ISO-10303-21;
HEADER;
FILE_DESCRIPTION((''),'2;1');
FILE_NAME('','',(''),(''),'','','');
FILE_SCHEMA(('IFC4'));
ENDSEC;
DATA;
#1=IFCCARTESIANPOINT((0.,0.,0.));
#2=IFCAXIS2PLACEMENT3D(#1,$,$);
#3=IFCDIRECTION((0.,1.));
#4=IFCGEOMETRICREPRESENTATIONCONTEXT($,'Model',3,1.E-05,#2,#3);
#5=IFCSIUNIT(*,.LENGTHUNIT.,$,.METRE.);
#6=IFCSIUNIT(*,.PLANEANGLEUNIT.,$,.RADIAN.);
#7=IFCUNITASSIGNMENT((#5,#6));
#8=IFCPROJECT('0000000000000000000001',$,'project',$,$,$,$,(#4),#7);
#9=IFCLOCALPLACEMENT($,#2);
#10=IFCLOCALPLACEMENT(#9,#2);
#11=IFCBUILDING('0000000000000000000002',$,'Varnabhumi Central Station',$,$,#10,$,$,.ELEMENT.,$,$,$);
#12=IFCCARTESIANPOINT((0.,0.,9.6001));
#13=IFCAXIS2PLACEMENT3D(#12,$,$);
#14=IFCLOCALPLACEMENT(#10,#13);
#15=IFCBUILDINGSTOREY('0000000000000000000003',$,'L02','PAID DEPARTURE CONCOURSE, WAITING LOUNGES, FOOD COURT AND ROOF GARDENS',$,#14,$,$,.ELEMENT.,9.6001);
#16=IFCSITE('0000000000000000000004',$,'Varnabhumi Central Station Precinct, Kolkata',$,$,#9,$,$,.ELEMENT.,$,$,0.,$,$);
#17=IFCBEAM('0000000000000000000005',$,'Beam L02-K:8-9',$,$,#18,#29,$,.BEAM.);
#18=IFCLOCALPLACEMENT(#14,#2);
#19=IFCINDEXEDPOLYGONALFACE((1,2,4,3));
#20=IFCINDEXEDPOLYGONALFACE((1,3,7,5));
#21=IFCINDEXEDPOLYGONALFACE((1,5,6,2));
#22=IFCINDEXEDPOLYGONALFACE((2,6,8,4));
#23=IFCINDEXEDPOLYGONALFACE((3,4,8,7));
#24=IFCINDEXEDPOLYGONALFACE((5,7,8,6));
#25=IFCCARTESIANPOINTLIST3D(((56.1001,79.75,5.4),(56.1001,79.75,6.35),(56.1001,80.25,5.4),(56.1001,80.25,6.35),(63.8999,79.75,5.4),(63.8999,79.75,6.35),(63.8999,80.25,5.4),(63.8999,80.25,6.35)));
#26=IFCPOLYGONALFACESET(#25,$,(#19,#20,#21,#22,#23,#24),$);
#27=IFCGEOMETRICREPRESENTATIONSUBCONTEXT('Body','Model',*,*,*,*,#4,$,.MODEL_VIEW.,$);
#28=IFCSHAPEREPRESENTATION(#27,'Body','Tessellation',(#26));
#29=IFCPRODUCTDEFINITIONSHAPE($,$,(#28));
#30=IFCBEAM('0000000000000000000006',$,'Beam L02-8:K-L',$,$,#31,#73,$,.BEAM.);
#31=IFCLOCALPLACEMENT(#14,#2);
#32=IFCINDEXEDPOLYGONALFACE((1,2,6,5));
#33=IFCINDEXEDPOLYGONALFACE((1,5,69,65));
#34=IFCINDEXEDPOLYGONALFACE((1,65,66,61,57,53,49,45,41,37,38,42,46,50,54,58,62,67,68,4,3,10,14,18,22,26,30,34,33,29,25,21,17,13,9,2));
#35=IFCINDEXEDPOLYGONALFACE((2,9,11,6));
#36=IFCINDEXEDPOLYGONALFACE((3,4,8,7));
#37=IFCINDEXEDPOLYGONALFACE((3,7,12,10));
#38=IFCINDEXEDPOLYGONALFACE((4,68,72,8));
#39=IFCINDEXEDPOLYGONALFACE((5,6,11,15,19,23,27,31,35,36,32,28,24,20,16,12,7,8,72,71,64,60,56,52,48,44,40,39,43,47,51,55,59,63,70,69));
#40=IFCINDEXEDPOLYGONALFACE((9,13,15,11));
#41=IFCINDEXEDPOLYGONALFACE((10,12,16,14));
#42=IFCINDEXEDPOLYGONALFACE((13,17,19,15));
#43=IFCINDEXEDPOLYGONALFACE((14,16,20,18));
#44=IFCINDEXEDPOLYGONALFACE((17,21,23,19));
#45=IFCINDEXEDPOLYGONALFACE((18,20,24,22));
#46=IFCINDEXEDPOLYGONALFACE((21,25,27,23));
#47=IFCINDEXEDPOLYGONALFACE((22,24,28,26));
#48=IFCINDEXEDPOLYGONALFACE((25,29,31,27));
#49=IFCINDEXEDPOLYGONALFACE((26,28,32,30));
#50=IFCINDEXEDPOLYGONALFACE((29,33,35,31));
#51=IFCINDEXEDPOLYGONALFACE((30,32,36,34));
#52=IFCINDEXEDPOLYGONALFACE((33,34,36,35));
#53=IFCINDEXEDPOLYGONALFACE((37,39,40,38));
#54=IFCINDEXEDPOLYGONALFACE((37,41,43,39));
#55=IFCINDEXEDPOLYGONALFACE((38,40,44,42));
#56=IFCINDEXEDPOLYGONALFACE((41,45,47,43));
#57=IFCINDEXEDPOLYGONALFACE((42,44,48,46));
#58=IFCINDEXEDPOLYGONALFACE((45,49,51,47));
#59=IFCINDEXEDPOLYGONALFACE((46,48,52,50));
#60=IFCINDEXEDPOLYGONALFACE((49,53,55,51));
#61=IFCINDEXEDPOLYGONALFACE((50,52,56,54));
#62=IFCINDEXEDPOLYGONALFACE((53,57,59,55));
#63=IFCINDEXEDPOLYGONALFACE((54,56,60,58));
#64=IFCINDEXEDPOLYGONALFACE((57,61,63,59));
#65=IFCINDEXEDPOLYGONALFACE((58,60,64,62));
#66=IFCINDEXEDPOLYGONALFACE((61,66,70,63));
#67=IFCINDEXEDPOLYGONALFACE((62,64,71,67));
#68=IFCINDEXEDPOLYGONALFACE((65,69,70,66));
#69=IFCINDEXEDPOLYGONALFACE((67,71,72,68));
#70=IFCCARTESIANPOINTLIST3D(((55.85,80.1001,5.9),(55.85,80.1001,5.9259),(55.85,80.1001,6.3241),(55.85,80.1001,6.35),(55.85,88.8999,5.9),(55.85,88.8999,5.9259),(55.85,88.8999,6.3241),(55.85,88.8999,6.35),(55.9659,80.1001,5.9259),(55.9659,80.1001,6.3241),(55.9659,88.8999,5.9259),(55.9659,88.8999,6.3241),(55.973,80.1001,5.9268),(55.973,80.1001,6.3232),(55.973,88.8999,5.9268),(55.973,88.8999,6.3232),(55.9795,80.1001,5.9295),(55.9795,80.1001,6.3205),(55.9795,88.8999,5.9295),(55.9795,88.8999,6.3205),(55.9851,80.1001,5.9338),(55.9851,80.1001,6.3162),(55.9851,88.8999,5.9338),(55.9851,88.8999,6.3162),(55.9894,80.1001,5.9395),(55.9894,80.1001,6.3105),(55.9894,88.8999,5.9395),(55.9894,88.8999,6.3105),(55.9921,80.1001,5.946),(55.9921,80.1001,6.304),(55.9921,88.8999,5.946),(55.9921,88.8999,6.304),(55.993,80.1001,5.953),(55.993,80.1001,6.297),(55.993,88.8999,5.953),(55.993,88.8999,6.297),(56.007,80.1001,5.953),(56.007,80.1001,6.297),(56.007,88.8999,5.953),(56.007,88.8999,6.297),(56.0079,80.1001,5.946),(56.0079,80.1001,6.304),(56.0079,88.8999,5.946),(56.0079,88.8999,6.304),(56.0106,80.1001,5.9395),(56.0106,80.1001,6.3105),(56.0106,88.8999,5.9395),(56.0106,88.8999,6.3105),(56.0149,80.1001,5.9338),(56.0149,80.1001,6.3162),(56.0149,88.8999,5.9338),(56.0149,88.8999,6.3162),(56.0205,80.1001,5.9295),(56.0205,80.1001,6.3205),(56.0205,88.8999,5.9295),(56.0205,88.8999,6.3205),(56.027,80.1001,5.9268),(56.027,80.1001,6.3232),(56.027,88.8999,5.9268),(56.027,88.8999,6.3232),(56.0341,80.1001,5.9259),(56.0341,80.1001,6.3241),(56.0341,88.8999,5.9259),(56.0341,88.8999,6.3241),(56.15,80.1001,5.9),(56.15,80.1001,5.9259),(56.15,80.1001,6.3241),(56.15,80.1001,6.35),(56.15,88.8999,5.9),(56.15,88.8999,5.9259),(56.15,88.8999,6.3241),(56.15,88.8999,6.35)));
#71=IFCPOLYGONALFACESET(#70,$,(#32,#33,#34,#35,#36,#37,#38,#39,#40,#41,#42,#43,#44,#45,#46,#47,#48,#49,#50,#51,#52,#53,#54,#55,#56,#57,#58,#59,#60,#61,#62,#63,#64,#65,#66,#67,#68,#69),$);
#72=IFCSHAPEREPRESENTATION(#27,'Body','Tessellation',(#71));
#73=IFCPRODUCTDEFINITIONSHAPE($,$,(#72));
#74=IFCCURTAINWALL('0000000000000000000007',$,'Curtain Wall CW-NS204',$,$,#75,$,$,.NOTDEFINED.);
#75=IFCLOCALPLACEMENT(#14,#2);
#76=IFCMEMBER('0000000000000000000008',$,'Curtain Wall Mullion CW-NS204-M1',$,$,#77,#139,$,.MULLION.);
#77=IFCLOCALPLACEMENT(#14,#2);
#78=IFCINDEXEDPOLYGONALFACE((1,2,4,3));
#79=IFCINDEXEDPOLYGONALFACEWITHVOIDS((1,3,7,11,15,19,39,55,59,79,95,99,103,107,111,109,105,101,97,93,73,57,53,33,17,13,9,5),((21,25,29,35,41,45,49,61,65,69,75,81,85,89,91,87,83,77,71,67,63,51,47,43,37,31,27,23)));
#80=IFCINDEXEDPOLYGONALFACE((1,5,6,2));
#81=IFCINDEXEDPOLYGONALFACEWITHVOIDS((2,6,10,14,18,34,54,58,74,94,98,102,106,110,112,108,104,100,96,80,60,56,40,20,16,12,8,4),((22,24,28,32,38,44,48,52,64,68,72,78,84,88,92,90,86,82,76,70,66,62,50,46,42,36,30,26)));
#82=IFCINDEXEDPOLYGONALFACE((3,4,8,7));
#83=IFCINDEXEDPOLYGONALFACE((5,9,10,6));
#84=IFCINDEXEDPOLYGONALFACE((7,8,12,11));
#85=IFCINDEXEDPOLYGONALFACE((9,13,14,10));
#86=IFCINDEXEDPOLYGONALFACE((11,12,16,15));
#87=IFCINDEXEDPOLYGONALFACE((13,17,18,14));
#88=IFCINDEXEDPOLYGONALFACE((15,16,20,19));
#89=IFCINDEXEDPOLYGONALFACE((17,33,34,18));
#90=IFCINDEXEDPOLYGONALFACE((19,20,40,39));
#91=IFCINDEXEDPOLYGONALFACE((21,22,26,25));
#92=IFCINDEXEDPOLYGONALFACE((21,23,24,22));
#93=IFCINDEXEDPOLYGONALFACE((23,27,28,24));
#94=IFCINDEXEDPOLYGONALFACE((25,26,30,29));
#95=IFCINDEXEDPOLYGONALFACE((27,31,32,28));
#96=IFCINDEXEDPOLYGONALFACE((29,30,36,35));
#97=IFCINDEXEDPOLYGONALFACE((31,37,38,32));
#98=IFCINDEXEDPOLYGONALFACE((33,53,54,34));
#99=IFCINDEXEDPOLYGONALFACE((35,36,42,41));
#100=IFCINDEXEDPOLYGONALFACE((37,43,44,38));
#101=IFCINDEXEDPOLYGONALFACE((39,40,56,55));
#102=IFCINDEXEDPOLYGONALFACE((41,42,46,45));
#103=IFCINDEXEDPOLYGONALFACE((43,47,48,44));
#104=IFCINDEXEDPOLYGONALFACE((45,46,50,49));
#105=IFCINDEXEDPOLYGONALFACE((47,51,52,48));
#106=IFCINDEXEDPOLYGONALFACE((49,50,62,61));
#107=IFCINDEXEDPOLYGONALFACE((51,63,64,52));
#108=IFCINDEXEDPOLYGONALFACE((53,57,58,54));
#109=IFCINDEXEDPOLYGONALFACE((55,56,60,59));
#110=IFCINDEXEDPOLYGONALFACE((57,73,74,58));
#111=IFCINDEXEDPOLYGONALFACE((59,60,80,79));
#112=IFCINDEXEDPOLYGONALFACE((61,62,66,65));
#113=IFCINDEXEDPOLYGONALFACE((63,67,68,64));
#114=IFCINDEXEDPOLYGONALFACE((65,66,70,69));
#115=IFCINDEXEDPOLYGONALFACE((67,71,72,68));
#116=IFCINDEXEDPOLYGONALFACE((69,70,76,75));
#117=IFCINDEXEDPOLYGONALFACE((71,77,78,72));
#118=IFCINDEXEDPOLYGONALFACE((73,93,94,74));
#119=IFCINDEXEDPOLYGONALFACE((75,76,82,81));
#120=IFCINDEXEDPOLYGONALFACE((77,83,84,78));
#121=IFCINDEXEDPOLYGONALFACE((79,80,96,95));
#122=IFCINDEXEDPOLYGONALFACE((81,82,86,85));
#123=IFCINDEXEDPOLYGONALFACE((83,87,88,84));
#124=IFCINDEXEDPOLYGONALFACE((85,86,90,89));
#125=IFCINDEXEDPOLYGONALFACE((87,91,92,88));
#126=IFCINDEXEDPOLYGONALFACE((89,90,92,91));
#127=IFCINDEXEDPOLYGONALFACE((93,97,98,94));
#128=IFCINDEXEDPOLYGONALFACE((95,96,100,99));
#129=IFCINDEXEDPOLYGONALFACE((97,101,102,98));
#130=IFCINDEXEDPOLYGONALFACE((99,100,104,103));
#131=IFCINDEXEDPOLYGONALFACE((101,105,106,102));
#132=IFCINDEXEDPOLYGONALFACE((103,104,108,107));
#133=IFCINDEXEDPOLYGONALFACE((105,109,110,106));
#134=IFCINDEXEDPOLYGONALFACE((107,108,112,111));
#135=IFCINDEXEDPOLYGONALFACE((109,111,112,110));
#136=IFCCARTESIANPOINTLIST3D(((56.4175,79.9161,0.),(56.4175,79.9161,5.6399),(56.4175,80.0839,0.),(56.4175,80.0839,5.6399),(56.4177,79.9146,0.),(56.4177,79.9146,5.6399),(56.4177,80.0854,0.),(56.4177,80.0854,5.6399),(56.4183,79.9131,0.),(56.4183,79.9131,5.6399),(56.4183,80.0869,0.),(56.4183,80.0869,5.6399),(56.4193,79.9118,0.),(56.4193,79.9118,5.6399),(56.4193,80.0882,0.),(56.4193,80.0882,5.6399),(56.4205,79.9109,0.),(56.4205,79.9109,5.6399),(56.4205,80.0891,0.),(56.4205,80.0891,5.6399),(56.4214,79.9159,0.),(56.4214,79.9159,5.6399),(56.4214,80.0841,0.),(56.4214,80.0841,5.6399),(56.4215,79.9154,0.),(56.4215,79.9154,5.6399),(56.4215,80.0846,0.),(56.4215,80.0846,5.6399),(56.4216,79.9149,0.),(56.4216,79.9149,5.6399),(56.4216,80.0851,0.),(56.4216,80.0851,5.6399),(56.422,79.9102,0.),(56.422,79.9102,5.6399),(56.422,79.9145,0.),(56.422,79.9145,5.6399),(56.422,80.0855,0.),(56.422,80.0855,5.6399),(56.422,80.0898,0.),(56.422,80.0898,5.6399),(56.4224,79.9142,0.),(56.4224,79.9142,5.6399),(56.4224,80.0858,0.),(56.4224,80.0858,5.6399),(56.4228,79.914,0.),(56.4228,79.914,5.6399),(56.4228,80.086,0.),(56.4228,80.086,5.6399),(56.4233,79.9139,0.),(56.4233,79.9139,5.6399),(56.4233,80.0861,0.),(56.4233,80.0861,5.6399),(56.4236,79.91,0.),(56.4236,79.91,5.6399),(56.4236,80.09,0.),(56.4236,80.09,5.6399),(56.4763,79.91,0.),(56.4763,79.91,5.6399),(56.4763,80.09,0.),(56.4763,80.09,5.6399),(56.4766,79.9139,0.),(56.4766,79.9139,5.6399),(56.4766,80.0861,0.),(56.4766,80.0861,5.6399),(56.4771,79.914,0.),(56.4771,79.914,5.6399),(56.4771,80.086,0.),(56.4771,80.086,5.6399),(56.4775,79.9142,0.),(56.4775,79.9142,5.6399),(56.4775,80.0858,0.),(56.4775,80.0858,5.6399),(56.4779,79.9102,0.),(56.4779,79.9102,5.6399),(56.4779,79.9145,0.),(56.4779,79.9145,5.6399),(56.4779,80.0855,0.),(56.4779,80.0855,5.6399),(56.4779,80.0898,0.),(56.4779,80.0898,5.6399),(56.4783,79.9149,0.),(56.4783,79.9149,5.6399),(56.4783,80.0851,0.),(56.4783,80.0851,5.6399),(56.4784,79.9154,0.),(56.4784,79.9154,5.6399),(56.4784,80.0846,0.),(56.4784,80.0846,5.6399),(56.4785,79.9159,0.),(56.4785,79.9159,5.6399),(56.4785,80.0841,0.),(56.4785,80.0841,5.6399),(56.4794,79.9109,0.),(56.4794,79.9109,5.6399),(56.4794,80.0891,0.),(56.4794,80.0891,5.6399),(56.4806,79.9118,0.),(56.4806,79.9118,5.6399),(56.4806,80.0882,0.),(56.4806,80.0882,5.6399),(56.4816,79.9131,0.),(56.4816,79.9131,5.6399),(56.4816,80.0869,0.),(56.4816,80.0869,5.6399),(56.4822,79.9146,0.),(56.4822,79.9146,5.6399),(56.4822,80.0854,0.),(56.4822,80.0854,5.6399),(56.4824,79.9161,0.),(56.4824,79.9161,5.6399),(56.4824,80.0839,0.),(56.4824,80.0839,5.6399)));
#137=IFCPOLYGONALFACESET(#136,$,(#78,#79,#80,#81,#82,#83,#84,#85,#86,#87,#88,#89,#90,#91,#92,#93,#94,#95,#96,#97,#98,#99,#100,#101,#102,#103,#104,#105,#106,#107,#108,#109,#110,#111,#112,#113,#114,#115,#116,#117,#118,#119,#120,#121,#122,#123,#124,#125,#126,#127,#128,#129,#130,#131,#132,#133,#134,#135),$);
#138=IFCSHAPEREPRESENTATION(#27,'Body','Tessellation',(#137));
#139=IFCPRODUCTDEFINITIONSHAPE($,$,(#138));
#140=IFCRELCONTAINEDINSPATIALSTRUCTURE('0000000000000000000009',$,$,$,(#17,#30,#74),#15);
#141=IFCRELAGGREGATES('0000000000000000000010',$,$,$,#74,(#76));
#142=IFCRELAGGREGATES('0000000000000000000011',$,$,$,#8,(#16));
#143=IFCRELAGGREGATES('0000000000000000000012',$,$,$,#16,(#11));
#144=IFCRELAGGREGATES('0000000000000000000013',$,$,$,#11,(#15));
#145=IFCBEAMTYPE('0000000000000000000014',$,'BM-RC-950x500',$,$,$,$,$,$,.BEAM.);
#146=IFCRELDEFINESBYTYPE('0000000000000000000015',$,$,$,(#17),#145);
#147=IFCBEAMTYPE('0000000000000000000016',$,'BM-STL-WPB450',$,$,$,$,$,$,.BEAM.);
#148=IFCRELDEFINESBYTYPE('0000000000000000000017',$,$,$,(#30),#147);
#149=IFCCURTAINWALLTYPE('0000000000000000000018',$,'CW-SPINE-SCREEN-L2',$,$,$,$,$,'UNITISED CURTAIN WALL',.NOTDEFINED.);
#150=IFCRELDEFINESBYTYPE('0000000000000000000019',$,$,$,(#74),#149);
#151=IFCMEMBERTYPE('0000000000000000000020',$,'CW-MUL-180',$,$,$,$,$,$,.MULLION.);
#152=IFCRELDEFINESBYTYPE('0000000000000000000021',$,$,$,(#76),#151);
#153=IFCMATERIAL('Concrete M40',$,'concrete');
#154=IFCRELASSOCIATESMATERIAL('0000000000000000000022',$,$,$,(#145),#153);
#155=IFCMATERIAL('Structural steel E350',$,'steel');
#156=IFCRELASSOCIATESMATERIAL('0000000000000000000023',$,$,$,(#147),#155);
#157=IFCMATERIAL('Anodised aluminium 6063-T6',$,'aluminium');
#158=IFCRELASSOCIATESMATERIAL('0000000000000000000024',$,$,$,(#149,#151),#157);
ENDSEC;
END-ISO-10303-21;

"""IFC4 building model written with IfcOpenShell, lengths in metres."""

from ifc_helpers import new_model, si_unit, direction, frame, origin, origin_2d, place, context, subcontext, project, spatial, rectangle, hollow_rectangle, i_section, extrude, material, material_profile, profile_set, type_object, element, aggregate, save


model = new_model("IFC4")

# Units and contexts
model_context = context("Model", 3, precision=1e-05, world=origin(), true_north=direction((0.0, 1.0)))
body_context = subcontext(model_context, "Body", "Model", "MODEL_VIEW")
ifc_project = project(units=[si_unit("LENGTHUNIT", "METRE"), si_unit("PLANEANGLEUNIT", "RADIAN")], contexts=[model_context])

# Site, building, storey
site_placement = place(None, origin())
site = spatial("IfcSite", under=ifc_project, at=site_placement, Name="Varnabhumi Central Station Precinct, Kolkata", CompositionType="ELEMENT", RefElevation=0.0)
building_placement = place(site_placement, origin())
building = spatial("IfcBuilding", under=site, at=building_placement, Name="Varnabhumi Central Station", CompositionType="ELEMENT")
storey_placement = place(building_placement, frame((0.0, 0.0, 9.6001)))
storey = spatial("IfcBuildingStorey", under=building, at=storey_placement, Name="L02", Description="PAID DEPARTURE CONCOURSE, WAITING LOUNGES, FOOD COURT AND ROOF GARDENS", CompositionType="ELEMENT", Elevation=9.6001)

# Shared definitions
ifc_material_1 = material(Name="Concrete M40", Category="concrete")

# Beams
ifc_material_2 = material(Name="Structural steel E350", Category="steel")
ifc_material_profile_1 = material_profile(ifc_material_1, rectangle(XDim=0.5, YDim=0.95, at=origin_2d()), Name="Concrete M40", Category="concrete")
ifc_profile_set_1 = profile_set([ifc_material_profile_1], Name="Concrete M40")
beam_type_1 = type_object("IfcBeamType", Name="BM-RC-950x500", PredefinedType="BEAM", material=ifc_profile_set_1)
beam_1_placement = place(storey_placement, frame((56.1001, 80.0, 5.875), z_axis=(1.0, 0.0, 0.0), x_axis=(0.0, 1.0, 0.0)))
element("IfcBeam", 1, at=beam_1_placement, inside=storey, type_object=beam_type_1, Name="Beam L02-K:8-9", PredefinedType="BEAM", context=body_context, shape_type="SweptSolid", body=[
    extrude(rectangle(XDim=0.5, YDim=0.95, at=origin_2d()), origin(), (0.0, 0.0, 1.0), 7.7998),
])
ifc_material_profile_2 = material_profile(ifc_material_2, i_section(OverallWidth=0.3, OverallDepth=0.45, WebThickness=0.0139, FlangeThickness=0.0259, FilletRadius=0.0271, at=origin_2d()), Name="Structural steel E350", Category="steel")
ifc_profile_set_2 = profile_set([ifc_material_profile_2], Name="Structural steel E350")
beam_type_2 = type_object("IfcBeamType", Name="BM-STL-WPB450", PredefinedType="BEAM", material=ifc_profile_set_2)
beam_2_placement = place(storey_placement, frame((56.0, 80.1001, 6.125), z_axis=(0.0, 1.0, 0.0), x_axis=(-1.0, 0.0, 0.0)))
element("IfcBeam", 2, at=beam_2_placement, inside=storey, type_object=beam_type_2, Name="Beam L02-8:K-L", PredefinedType="BEAM", context=body_context, shape_type="SweptSolid", body=[
    extrude(i_section(OverallWidth=0.3, OverallDepth=0.45, WebThickness=0.0139, FlangeThickness=0.0259, FilletRadius=0.0271, at=origin_2d()), origin(), (0.0, 0.0, 1.0), 8.7998),
])

# Curtain wall, member
ifc_material_3 = material(Name="Anodised aluminium 6063-T6", Category="aluminium")
curtain_wall_type_1 = type_object("IfcCurtainWallType", Name="CW-SPINE-SCREEN-L2", ElementType="UNITISED CURTAIN WALL", PredefinedType="NOTDEFINED", material=ifc_material_3)
curtain_wall_1_placement = place(storey_placement, origin())
curtain_wall_1 = element("IfcCurtainWall", 3, at=curtain_wall_1_placement, inside=storey, type_object=curtain_wall_type_1, Name="Curtain Wall CW-NS204", PredefinedType="NOTDEFINED")
ifc_material_profile_3 = material_profile(ifc_material_3, hollow_rectangle(XDim=0.0649, YDim=0.1799, WallThickness=0.0039, InnerFilletRadius=0.002, OuterFilletRadius=0.0061, at=origin_2d()), Name="Anodised aluminium 6063-T6", Category="aluminium")
ifc_profile_set_3 = profile_set([ifc_material_profile_3], Name="Anodised aluminium 6063-T6")
member_type_1 = type_object("IfcMemberType", Name="CW-MUL-180", PredefinedType="MULLION", material=ifc_profile_set_3)
member_1_placement = place(storey_placement, frame((56.45, 80.0, 0.0), z_axis=(0.0, 0.0, 1.0), x_axis=(1.0, 0.0, 0.0)))
member_1 = element("IfcMember", 4, at=member_1_placement, type_object=member_type_1, Name="Curtain Wall Mullion CW-NS204-M1", PredefinedType="MULLION", context=body_context, shape_type="SweptSolid", body=[
    extrude(hollow_rectangle(XDim=0.0649, YDim=0.1799, WallThickness=0.0039, InnerFilletRadius=0.002, OuterFilletRadius=0.0061, at=origin_2d()), origin(), (0.0, 0.0, 1.0), 5.6399),
])

aggregate(curtain_wall_1, [member_1])

save(model, "model.ifc")
